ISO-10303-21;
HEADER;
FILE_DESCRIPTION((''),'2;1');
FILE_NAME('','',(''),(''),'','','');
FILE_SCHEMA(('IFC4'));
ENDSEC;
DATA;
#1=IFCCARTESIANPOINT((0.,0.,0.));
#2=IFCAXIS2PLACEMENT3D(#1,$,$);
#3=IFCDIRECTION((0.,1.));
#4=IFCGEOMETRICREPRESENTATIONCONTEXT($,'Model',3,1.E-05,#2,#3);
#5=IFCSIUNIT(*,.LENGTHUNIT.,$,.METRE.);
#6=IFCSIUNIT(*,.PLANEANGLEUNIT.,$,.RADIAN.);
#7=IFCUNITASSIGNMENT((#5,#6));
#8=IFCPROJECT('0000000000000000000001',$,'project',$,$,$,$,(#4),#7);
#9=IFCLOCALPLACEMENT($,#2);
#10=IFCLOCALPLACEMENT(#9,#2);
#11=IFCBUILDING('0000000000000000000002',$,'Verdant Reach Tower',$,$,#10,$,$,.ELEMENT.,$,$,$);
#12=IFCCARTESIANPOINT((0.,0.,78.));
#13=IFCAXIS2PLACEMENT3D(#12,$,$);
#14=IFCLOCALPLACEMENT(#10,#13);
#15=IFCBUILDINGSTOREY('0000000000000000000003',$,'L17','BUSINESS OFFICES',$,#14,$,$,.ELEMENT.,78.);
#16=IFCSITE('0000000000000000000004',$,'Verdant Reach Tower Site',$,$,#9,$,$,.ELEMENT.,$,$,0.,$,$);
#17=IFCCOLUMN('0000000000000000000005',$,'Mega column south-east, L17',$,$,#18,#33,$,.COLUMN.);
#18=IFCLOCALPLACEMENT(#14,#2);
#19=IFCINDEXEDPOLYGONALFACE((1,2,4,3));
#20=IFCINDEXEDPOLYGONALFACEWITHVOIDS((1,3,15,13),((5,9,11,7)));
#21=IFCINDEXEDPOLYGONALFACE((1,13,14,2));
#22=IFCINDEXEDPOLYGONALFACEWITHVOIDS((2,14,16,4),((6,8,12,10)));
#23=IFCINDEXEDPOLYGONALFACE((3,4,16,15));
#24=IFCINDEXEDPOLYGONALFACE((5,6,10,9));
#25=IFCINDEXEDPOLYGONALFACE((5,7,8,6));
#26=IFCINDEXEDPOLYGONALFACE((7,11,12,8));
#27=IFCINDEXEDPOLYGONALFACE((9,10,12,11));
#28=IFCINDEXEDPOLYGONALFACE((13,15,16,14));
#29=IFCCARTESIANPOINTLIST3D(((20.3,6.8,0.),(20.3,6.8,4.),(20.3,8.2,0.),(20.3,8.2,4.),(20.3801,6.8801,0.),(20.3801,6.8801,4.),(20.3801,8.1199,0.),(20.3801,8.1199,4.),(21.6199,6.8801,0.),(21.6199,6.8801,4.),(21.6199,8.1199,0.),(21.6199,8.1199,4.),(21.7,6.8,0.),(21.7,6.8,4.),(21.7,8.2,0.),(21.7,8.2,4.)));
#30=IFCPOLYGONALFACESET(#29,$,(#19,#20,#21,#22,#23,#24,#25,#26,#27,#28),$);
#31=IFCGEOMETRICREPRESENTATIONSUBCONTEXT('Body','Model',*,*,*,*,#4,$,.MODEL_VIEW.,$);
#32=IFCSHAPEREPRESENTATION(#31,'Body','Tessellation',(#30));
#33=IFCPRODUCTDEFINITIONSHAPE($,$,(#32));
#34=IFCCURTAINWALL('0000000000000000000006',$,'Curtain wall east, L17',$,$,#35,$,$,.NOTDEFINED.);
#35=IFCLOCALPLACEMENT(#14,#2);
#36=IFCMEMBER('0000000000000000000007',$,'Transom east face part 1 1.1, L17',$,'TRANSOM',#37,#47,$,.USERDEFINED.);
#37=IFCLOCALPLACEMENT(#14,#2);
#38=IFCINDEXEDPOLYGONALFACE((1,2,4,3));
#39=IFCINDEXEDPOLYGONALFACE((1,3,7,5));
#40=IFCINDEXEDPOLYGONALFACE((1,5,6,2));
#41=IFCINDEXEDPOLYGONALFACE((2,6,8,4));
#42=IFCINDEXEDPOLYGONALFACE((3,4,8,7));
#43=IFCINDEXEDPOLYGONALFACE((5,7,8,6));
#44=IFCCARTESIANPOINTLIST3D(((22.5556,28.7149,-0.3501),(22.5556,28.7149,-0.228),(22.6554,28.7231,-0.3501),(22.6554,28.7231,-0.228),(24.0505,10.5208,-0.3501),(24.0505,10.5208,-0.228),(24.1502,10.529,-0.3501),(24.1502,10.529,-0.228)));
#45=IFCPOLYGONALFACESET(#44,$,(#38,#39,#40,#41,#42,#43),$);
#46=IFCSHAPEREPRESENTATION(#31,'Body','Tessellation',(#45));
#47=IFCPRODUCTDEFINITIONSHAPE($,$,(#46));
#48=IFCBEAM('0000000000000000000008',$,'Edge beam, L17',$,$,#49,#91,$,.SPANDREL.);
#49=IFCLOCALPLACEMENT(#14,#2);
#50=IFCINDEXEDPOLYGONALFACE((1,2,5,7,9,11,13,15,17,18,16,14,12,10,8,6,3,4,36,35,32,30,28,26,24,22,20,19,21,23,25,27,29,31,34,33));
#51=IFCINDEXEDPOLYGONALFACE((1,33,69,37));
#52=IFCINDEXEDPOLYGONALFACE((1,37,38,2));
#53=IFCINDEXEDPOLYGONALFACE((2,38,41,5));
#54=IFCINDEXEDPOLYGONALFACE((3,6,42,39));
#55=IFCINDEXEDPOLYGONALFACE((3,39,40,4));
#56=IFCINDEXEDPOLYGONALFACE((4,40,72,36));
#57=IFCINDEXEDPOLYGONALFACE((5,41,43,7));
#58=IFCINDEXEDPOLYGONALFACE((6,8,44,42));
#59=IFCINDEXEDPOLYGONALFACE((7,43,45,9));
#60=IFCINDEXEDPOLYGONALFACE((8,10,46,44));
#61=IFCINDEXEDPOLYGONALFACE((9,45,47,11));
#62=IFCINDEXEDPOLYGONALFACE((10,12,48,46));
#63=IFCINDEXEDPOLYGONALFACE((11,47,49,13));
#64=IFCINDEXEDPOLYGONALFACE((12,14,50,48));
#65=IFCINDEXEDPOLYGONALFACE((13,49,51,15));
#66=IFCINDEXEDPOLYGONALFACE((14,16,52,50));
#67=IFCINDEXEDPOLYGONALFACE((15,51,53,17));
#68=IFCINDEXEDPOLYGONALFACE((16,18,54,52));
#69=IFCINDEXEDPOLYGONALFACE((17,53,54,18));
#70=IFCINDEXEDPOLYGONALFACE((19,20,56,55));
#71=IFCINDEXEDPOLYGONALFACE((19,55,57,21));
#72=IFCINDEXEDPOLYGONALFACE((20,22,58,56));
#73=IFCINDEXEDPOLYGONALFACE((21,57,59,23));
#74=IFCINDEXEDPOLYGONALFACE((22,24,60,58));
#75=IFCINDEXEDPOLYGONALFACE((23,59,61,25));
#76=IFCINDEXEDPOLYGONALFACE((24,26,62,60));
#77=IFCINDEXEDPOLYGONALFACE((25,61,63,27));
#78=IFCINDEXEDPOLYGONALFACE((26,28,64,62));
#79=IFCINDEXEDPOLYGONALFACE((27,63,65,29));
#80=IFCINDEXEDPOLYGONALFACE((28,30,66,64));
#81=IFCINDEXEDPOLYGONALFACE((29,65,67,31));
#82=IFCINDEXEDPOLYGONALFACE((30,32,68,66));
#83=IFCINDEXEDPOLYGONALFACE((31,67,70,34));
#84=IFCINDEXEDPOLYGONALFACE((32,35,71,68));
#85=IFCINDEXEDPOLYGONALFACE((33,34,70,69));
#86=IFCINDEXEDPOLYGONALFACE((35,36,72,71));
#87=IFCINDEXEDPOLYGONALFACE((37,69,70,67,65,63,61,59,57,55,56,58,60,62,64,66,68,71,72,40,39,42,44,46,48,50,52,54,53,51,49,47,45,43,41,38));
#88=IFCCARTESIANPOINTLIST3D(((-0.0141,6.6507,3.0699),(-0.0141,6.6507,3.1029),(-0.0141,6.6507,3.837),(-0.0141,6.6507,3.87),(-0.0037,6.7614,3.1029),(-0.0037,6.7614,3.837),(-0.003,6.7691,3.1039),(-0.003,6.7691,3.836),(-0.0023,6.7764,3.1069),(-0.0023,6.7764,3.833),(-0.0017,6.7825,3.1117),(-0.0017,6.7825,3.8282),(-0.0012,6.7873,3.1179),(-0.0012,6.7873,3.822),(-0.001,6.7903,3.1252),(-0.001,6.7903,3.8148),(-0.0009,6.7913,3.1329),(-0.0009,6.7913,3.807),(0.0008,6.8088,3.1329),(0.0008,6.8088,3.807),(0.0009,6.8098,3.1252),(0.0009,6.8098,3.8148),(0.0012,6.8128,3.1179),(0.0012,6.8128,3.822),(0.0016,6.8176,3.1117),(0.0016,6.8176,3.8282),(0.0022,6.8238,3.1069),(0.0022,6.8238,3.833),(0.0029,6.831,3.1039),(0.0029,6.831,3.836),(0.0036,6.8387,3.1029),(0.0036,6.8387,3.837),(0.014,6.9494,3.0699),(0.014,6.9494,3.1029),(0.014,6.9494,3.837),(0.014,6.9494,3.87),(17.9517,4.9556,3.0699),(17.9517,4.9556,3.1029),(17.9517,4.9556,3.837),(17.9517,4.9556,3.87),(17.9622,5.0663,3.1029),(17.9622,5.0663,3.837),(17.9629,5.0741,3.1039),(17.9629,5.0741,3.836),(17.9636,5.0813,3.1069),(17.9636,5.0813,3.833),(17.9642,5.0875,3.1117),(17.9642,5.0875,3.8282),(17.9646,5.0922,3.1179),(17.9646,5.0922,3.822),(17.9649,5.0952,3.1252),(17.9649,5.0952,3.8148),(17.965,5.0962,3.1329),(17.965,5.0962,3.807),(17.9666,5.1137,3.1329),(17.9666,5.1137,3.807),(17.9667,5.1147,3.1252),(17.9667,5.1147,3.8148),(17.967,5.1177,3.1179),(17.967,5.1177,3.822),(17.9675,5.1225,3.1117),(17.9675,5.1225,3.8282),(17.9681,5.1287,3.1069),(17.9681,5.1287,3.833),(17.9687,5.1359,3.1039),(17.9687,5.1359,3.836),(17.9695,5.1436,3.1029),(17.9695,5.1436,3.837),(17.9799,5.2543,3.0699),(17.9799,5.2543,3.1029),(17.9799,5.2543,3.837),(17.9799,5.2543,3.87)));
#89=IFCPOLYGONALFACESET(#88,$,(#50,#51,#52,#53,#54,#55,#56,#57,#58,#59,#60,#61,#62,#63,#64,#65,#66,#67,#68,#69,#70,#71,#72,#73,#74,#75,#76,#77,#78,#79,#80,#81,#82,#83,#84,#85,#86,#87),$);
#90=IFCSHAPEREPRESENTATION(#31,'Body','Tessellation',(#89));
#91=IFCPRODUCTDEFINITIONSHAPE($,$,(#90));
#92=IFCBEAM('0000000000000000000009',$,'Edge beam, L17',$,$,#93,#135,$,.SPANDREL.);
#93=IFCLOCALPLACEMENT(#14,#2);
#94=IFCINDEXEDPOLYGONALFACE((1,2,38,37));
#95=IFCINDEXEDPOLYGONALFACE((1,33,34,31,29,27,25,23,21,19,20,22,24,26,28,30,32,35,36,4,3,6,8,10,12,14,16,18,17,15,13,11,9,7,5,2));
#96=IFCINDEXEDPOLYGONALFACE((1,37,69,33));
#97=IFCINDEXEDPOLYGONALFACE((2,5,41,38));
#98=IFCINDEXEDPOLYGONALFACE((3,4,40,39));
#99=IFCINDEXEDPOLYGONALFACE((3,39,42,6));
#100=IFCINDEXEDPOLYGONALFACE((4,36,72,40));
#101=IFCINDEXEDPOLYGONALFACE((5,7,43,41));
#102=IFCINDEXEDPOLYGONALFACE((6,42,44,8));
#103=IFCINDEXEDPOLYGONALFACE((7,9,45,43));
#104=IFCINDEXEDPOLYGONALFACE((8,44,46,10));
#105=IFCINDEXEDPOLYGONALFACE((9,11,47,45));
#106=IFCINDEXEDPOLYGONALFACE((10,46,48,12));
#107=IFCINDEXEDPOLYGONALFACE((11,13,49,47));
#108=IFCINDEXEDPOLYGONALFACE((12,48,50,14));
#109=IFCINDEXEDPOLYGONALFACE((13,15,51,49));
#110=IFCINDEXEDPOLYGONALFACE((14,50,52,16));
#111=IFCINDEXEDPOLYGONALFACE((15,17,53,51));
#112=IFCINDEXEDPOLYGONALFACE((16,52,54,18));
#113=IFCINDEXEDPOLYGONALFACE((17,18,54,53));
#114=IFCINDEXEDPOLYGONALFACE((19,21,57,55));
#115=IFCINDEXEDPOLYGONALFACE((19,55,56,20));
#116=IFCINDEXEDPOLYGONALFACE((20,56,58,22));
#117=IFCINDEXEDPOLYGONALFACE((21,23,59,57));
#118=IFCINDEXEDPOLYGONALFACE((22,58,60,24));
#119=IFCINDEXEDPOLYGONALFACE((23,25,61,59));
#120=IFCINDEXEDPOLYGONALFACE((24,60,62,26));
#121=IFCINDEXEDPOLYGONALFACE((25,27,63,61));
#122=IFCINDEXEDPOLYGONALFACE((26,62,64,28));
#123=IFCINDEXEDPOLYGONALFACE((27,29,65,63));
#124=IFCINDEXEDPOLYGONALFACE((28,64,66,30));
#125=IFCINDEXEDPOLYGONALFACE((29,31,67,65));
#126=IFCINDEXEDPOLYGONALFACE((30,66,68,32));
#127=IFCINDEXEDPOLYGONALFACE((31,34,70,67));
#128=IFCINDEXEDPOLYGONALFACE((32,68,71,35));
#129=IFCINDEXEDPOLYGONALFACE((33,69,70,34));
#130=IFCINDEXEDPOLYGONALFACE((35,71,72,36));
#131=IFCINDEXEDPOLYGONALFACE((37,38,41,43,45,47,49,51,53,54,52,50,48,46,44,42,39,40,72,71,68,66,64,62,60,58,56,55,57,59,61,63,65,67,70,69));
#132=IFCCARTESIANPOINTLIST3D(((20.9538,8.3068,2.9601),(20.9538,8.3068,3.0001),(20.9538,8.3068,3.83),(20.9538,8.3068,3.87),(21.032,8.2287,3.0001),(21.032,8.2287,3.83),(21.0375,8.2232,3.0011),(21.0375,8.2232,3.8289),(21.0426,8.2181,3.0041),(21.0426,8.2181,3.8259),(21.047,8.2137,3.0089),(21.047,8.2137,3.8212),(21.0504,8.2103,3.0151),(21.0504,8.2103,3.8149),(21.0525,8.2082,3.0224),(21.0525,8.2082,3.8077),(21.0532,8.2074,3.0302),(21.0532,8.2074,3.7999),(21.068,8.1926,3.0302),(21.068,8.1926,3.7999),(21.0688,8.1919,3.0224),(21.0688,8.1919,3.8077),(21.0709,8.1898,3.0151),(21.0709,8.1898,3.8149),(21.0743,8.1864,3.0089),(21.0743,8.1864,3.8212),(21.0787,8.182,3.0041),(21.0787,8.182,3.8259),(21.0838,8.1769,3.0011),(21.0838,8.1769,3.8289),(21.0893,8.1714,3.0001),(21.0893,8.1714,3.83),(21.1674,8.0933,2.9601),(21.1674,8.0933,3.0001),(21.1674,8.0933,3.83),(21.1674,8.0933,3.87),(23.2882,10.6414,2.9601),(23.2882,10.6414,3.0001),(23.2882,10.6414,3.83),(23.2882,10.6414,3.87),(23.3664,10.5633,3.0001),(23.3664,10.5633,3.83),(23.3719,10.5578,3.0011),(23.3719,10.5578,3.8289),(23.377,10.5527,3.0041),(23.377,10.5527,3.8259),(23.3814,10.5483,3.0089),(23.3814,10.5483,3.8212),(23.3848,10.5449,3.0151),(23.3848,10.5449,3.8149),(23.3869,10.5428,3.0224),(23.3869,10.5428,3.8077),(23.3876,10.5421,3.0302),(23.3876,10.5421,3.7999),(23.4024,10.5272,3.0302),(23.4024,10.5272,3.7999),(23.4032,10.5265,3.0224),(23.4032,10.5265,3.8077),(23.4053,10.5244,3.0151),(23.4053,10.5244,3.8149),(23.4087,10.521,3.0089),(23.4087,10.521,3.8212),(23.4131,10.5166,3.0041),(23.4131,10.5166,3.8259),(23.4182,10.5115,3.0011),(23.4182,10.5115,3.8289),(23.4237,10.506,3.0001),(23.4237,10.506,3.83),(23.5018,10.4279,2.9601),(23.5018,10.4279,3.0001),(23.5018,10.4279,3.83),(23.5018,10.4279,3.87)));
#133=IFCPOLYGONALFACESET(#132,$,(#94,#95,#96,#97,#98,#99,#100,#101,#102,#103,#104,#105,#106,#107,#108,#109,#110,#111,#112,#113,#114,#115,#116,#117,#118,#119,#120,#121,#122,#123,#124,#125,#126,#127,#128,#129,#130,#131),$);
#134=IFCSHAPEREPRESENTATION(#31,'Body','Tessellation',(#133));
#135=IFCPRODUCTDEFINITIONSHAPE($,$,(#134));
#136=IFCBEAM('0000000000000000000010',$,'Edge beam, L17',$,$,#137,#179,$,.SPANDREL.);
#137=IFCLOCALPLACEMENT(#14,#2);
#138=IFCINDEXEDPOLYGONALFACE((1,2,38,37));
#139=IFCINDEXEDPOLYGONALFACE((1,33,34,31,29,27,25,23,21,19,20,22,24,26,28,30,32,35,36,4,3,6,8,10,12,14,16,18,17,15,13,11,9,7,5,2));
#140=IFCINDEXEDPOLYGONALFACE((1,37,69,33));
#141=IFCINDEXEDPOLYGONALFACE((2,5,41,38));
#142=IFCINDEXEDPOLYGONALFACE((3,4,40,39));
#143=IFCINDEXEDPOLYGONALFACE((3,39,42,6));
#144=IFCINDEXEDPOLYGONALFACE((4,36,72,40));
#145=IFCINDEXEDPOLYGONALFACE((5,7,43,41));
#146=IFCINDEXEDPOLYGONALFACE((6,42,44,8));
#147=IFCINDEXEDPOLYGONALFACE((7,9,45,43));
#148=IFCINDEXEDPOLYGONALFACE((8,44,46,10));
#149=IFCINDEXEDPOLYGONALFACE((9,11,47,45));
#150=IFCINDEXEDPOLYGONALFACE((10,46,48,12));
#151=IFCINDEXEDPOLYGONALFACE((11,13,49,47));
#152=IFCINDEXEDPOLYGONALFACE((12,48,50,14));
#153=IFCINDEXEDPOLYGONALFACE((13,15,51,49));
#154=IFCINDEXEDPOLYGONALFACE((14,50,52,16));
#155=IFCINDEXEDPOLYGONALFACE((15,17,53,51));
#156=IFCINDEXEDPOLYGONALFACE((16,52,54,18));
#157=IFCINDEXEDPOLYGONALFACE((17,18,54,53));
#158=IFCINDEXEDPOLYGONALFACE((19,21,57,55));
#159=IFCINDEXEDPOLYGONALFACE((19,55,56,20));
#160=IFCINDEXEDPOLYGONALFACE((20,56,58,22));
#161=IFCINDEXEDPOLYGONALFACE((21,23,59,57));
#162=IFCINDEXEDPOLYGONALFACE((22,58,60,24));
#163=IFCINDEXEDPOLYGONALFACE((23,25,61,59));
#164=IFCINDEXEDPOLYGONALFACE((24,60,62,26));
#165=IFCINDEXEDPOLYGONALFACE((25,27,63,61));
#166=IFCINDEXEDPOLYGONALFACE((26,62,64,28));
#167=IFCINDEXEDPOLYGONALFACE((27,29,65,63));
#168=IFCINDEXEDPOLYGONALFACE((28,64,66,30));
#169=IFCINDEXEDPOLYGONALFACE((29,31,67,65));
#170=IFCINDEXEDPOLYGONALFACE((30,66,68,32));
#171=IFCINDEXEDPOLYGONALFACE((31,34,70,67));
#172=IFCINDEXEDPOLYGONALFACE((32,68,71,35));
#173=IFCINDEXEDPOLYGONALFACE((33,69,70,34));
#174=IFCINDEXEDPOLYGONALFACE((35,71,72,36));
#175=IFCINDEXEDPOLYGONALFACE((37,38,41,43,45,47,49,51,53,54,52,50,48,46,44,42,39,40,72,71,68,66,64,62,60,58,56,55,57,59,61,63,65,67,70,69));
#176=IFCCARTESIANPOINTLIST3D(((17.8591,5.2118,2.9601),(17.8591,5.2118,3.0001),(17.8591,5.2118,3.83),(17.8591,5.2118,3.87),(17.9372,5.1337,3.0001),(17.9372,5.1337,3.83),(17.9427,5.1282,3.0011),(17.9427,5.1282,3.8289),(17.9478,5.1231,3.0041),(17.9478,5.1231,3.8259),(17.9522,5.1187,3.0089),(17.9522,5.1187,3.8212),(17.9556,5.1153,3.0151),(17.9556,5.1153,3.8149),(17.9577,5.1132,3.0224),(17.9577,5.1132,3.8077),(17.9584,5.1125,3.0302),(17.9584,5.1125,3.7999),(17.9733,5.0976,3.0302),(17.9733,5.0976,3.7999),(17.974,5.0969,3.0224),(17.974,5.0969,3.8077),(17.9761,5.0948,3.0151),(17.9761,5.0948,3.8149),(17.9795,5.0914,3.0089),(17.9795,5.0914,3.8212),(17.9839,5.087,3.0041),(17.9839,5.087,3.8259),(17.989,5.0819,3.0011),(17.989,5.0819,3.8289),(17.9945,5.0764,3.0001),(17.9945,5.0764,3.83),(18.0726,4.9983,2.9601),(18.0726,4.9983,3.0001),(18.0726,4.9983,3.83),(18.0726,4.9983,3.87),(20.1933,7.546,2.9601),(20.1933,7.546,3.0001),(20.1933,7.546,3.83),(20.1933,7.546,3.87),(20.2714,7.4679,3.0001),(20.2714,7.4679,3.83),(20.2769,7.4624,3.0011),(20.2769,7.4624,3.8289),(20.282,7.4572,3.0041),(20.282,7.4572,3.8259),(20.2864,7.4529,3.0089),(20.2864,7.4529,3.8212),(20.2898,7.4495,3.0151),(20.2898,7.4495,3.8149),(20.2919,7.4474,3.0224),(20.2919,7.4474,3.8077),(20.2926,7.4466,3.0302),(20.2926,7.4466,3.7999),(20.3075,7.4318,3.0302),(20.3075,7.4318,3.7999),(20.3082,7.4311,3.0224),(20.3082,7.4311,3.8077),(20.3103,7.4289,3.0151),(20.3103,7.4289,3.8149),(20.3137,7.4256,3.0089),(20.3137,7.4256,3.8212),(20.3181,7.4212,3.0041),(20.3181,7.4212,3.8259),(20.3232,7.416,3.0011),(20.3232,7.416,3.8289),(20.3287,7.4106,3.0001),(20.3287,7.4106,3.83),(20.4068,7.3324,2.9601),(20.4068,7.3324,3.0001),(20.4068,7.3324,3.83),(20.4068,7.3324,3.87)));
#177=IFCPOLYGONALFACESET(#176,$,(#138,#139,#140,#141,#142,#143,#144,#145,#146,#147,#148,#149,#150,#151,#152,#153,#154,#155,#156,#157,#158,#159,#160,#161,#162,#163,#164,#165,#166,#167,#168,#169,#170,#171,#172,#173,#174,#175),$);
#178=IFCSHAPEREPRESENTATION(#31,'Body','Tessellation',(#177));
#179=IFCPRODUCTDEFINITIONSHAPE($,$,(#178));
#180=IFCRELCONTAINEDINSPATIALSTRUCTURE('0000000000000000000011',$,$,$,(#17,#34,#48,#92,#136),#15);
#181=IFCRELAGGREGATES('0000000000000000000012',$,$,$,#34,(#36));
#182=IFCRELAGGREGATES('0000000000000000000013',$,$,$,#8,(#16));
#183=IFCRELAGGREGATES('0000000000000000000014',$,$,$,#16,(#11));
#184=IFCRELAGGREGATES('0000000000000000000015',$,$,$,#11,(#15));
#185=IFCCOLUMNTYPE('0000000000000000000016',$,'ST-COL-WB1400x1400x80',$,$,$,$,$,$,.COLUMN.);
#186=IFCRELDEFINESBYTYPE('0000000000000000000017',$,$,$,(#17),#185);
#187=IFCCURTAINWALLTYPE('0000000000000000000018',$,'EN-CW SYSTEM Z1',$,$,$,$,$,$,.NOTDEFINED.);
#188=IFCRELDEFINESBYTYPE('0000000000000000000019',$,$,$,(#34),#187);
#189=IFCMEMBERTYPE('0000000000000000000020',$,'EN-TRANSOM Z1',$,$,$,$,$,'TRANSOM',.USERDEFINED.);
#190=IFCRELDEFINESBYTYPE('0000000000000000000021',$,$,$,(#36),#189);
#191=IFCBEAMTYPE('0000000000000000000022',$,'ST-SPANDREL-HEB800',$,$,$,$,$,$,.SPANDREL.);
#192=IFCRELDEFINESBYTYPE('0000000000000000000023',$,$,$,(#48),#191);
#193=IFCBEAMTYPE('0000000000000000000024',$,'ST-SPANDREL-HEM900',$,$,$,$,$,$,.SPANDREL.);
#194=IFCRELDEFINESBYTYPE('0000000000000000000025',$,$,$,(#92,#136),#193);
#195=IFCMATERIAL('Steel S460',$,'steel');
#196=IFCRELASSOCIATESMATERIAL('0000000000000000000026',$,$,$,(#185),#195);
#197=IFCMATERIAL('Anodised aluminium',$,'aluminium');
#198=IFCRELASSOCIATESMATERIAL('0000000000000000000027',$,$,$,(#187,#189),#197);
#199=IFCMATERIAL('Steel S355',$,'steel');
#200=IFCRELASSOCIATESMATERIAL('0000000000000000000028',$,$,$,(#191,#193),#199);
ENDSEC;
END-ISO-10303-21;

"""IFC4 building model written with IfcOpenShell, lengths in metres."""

from ifc_helpers import new_model, si_unit, direction, frame, origin, origin_2d, place, context, subcontext, project, spatial, rectangle, hollow_rectangle, i_section, extrude, material, material_profile, profile_set, type_object, element, aggregate, save


model = new_model("IFC4")

# Units and contexts
model_context = context("Model", 3, precision=1e-05, world=origin(), true_north=direction((0.0, 1.0)))
body_context = subcontext(model_context, "Body", "Model", "MODEL_VIEW")
ifc_project = project(units=[si_unit("LENGTHUNIT", "METRE"), si_unit("PLANEANGLEUNIT", "RADIAN")], contexts=[model_context])

# Site, building, storey
site_placement = place(None, origin())
site = spatial("IfcSite", under=ifc_project, at=site_placement, Name="Verdant Reach Tower Site", CompositionType="ELEMENT", RefElevation=0.0)
building_placement = place(site_placement, origin())
building = spatial("IfcBuilding", under=site, at=building_placement, Name="Verdant Reach Tower", CompositionType="ELEMENT")
storey_placement = place(building_placement, frame((0.0, 0.0, 78.0)))
storey = spatial("IfcBuildingStorey", under=building, at=storey_placement, Name="L17", Description="BUSINESS OFFICES", CompositionType="ELEMENT", Elevation=78.0)

# Column
ifc_material_1 = material(Name="Steel S460", Category="steel")
ifc_material_profile_1 = material_profile(ifc_material_1, hollow_rectangle(XDim=1.3999, YDim=1.3999, WallThickness=0.0801, at=origin_2d()), Name="WB 1400x1400x80")
ifc_profile_set_1 = profile_set([ifc_material_profile_1], Name="Steel S460")
column_type = type_object("IfcColumnType", Name="ST-COL-WB1400x1400x80", PredefinedType="COLUMN", material=ifc_profile_set_1)
column_placement = place(storey_placement, frame((21.0, 7.5, 0.0), z_axis=(0.0, 0.0, 1.0), x_axis=(1.0, 0.0, 0.0)))
element("IfcColumn", 1, at=column_placement, inside=storey, type_object=column_type, Name="Mega column south-east, L17", PredefinedType="COLUMN", context=body_context, shape_type="SweptSolid", body=[
    extrude(hollow_rectangle(XDim=1.3999, YDim=1.3999, WallThickness=0.0801, at=origin_2d()), origin(), (0.0, 0.0, 1.0), 4.0),
])

# Curtain wall, member
ifc_material_2 = material(Name="Anodised aluminium", Category="aluminium")
curtain_wall_type = type_object("IfcCurtainWallType", Name="EN-CW SYSTEM Z1", PredefinedType="NOTDEFINED", material=ifc_material_2)
curtain_wall_1_placement = place(storey_placement, origin())
curtain_wall_1 = element("IfcCurtainWall", 2, at=curtain_wall_1_placement, inside=storey, type_object=curtain_wall_type, Name="Curtain wall east, L17", PredefinedType="NOTDEFINED")
ifc_material_profile_2 = material_profile(ifc_material_2, rectangle(XDim=0.1001, YDim=0.1221, at=origin_2d()), Name="Transom 122x100")
ifc_profile_set_2 = profile_set([ifc_material_profile_2], Name="Anodised aluminium")
member_type = type_object("IfcMemberType", Name="EN-TRANSOM Z1", ElementType="TRANSOM", PredefinedType="USERDEFINED", material=ifc_profile_set_2)
member_placement = place(storey_placement, frame((24.1003, 10.5249, -0.2891), z_axis=(-0.081887, 0.996642, 0.0), x_axis=(-0.996642, -0.081887, 0.0)))
member = element("IfcMember", 3, at=member_placement, type_object=member_type, Name="Transom east face part 1 1.1, L17", ObjectType="TRANSOM", PredefinedType="USERDEFINED", context=body_context, shape_type="SweptSolid", body=[
    extrude(rectangle(XDim=0.1001, YDim=0.1221, at=origin_2d()), origin(), (0.0, 0.0, 1.0), 18.2554),
])

# Beams
ifc_material_3 = material(Name="Steel S355", Category="steel")
ifc_material_profile_3 = material_profile(ifc_material_3, i_section(OverallWidth=0.3, OverallDepth=0.8, WebThickness=0.0176, FlangeThickness=0.033, FilletRadius=0.03, at=origin_2d()), Name="HEB 800")
ifc_profile_set_3 = profile_set([ifc_material_profile_3], Name="Steel S355")
beam_type_1 = type_object("IfcBeamType", Name="ST-SPANDREL-HEB800", PredefinedType="SPANDREL", material=ifc_profile_set_3)
beam_1_placement = place(storey_placement, frame((17.9658, 5.105, 3.47), z_axis=(-0.995579, 0.093932, 0.0), x_axis=(-0.093932, -0.995579, 0.0)))
element("IfcBeam", 4, at=beam_1_placement, inside=storey, type_object=beam_type_1, Name="Edge beam, L17", PredefinedType="SPANDREL", context=body_context, shape_type="SweptSolid", body=[
    extrude(i_section(OverallWidth=0.3, OverallDepth=0.8, WebThickness=0.0176, FlangeThickness=0.033, FilletRadius=0.03, at=origin_2d()), origin(), (0.0, 0.0, 1.0), 18.0457),
])
ifc_material_profile_4 = material_profile(ifc_material_3, i_section(OverallWidth=0.302, OverallDepth=0.9099, WebThickness=0.021, FlangeThickness=0.04, FilletRadius=0.03, at=origin_2d()), Name="HEM 900")
ifc_profile_set_4 = profile_set([ifc_material_profile_4], Name="Steel S355")
beam_type_2 = type_object("IfcBeamType", Name="ST-SPANDREL-HEM900", PredefinedType="SPANDREL", material=ifc_profile_set_4)
beam_2_placement = place(storey_placement, frame((23.395, 10.5347, 3.415), z_axis=(-0.70707, -0.707144, 0.0), x_axis=(0.707144, -0.70707, 0.0)))
element("IfcBeam", 5, at=beam_2_placement, inside=storey, type_object=beam_type_2, Name="Edge beam, L17", PredefinedType="SPANDREL", context=body_context, shape_type="SweptSolid", body=[
    extrude(i_section(OverallWidth=0.302, OverallDepth=0.9099, WebThickness=0.021, FlangeThickness=0.04, FilletRadius=0.03, at=origin_2d()), origin(), (0.0, 0.0, 1.0), 3.3015),
])
beam_3_placement = place(storey_placement, frame((20.3, 7.4392, 3.415), z_axis=(-0.707107, -0.707107, 0.0), x_axis=(0.707107, -0.707107, 0.0)))
element("IfcBeam", 6, at=beam_3_placement, inside=storey, type_object=beam_type_2, Name="Edge beam, L17", PredefinedType="SPANDREL", context=body_context, shape_type="SweptSolid", body=[
    extrude(i_section(OverallWidth=0.302, OverallDepth=0.9099, WebThickness=0.021, FlangeThickness=0.04, FilletRadius=0.03, at=origin_2d()), origin(), (0.0, 0.0, 1.0), 3.301),
])

aggregate(curtain_wall_1, [member])

save(model, "model.ifc")
